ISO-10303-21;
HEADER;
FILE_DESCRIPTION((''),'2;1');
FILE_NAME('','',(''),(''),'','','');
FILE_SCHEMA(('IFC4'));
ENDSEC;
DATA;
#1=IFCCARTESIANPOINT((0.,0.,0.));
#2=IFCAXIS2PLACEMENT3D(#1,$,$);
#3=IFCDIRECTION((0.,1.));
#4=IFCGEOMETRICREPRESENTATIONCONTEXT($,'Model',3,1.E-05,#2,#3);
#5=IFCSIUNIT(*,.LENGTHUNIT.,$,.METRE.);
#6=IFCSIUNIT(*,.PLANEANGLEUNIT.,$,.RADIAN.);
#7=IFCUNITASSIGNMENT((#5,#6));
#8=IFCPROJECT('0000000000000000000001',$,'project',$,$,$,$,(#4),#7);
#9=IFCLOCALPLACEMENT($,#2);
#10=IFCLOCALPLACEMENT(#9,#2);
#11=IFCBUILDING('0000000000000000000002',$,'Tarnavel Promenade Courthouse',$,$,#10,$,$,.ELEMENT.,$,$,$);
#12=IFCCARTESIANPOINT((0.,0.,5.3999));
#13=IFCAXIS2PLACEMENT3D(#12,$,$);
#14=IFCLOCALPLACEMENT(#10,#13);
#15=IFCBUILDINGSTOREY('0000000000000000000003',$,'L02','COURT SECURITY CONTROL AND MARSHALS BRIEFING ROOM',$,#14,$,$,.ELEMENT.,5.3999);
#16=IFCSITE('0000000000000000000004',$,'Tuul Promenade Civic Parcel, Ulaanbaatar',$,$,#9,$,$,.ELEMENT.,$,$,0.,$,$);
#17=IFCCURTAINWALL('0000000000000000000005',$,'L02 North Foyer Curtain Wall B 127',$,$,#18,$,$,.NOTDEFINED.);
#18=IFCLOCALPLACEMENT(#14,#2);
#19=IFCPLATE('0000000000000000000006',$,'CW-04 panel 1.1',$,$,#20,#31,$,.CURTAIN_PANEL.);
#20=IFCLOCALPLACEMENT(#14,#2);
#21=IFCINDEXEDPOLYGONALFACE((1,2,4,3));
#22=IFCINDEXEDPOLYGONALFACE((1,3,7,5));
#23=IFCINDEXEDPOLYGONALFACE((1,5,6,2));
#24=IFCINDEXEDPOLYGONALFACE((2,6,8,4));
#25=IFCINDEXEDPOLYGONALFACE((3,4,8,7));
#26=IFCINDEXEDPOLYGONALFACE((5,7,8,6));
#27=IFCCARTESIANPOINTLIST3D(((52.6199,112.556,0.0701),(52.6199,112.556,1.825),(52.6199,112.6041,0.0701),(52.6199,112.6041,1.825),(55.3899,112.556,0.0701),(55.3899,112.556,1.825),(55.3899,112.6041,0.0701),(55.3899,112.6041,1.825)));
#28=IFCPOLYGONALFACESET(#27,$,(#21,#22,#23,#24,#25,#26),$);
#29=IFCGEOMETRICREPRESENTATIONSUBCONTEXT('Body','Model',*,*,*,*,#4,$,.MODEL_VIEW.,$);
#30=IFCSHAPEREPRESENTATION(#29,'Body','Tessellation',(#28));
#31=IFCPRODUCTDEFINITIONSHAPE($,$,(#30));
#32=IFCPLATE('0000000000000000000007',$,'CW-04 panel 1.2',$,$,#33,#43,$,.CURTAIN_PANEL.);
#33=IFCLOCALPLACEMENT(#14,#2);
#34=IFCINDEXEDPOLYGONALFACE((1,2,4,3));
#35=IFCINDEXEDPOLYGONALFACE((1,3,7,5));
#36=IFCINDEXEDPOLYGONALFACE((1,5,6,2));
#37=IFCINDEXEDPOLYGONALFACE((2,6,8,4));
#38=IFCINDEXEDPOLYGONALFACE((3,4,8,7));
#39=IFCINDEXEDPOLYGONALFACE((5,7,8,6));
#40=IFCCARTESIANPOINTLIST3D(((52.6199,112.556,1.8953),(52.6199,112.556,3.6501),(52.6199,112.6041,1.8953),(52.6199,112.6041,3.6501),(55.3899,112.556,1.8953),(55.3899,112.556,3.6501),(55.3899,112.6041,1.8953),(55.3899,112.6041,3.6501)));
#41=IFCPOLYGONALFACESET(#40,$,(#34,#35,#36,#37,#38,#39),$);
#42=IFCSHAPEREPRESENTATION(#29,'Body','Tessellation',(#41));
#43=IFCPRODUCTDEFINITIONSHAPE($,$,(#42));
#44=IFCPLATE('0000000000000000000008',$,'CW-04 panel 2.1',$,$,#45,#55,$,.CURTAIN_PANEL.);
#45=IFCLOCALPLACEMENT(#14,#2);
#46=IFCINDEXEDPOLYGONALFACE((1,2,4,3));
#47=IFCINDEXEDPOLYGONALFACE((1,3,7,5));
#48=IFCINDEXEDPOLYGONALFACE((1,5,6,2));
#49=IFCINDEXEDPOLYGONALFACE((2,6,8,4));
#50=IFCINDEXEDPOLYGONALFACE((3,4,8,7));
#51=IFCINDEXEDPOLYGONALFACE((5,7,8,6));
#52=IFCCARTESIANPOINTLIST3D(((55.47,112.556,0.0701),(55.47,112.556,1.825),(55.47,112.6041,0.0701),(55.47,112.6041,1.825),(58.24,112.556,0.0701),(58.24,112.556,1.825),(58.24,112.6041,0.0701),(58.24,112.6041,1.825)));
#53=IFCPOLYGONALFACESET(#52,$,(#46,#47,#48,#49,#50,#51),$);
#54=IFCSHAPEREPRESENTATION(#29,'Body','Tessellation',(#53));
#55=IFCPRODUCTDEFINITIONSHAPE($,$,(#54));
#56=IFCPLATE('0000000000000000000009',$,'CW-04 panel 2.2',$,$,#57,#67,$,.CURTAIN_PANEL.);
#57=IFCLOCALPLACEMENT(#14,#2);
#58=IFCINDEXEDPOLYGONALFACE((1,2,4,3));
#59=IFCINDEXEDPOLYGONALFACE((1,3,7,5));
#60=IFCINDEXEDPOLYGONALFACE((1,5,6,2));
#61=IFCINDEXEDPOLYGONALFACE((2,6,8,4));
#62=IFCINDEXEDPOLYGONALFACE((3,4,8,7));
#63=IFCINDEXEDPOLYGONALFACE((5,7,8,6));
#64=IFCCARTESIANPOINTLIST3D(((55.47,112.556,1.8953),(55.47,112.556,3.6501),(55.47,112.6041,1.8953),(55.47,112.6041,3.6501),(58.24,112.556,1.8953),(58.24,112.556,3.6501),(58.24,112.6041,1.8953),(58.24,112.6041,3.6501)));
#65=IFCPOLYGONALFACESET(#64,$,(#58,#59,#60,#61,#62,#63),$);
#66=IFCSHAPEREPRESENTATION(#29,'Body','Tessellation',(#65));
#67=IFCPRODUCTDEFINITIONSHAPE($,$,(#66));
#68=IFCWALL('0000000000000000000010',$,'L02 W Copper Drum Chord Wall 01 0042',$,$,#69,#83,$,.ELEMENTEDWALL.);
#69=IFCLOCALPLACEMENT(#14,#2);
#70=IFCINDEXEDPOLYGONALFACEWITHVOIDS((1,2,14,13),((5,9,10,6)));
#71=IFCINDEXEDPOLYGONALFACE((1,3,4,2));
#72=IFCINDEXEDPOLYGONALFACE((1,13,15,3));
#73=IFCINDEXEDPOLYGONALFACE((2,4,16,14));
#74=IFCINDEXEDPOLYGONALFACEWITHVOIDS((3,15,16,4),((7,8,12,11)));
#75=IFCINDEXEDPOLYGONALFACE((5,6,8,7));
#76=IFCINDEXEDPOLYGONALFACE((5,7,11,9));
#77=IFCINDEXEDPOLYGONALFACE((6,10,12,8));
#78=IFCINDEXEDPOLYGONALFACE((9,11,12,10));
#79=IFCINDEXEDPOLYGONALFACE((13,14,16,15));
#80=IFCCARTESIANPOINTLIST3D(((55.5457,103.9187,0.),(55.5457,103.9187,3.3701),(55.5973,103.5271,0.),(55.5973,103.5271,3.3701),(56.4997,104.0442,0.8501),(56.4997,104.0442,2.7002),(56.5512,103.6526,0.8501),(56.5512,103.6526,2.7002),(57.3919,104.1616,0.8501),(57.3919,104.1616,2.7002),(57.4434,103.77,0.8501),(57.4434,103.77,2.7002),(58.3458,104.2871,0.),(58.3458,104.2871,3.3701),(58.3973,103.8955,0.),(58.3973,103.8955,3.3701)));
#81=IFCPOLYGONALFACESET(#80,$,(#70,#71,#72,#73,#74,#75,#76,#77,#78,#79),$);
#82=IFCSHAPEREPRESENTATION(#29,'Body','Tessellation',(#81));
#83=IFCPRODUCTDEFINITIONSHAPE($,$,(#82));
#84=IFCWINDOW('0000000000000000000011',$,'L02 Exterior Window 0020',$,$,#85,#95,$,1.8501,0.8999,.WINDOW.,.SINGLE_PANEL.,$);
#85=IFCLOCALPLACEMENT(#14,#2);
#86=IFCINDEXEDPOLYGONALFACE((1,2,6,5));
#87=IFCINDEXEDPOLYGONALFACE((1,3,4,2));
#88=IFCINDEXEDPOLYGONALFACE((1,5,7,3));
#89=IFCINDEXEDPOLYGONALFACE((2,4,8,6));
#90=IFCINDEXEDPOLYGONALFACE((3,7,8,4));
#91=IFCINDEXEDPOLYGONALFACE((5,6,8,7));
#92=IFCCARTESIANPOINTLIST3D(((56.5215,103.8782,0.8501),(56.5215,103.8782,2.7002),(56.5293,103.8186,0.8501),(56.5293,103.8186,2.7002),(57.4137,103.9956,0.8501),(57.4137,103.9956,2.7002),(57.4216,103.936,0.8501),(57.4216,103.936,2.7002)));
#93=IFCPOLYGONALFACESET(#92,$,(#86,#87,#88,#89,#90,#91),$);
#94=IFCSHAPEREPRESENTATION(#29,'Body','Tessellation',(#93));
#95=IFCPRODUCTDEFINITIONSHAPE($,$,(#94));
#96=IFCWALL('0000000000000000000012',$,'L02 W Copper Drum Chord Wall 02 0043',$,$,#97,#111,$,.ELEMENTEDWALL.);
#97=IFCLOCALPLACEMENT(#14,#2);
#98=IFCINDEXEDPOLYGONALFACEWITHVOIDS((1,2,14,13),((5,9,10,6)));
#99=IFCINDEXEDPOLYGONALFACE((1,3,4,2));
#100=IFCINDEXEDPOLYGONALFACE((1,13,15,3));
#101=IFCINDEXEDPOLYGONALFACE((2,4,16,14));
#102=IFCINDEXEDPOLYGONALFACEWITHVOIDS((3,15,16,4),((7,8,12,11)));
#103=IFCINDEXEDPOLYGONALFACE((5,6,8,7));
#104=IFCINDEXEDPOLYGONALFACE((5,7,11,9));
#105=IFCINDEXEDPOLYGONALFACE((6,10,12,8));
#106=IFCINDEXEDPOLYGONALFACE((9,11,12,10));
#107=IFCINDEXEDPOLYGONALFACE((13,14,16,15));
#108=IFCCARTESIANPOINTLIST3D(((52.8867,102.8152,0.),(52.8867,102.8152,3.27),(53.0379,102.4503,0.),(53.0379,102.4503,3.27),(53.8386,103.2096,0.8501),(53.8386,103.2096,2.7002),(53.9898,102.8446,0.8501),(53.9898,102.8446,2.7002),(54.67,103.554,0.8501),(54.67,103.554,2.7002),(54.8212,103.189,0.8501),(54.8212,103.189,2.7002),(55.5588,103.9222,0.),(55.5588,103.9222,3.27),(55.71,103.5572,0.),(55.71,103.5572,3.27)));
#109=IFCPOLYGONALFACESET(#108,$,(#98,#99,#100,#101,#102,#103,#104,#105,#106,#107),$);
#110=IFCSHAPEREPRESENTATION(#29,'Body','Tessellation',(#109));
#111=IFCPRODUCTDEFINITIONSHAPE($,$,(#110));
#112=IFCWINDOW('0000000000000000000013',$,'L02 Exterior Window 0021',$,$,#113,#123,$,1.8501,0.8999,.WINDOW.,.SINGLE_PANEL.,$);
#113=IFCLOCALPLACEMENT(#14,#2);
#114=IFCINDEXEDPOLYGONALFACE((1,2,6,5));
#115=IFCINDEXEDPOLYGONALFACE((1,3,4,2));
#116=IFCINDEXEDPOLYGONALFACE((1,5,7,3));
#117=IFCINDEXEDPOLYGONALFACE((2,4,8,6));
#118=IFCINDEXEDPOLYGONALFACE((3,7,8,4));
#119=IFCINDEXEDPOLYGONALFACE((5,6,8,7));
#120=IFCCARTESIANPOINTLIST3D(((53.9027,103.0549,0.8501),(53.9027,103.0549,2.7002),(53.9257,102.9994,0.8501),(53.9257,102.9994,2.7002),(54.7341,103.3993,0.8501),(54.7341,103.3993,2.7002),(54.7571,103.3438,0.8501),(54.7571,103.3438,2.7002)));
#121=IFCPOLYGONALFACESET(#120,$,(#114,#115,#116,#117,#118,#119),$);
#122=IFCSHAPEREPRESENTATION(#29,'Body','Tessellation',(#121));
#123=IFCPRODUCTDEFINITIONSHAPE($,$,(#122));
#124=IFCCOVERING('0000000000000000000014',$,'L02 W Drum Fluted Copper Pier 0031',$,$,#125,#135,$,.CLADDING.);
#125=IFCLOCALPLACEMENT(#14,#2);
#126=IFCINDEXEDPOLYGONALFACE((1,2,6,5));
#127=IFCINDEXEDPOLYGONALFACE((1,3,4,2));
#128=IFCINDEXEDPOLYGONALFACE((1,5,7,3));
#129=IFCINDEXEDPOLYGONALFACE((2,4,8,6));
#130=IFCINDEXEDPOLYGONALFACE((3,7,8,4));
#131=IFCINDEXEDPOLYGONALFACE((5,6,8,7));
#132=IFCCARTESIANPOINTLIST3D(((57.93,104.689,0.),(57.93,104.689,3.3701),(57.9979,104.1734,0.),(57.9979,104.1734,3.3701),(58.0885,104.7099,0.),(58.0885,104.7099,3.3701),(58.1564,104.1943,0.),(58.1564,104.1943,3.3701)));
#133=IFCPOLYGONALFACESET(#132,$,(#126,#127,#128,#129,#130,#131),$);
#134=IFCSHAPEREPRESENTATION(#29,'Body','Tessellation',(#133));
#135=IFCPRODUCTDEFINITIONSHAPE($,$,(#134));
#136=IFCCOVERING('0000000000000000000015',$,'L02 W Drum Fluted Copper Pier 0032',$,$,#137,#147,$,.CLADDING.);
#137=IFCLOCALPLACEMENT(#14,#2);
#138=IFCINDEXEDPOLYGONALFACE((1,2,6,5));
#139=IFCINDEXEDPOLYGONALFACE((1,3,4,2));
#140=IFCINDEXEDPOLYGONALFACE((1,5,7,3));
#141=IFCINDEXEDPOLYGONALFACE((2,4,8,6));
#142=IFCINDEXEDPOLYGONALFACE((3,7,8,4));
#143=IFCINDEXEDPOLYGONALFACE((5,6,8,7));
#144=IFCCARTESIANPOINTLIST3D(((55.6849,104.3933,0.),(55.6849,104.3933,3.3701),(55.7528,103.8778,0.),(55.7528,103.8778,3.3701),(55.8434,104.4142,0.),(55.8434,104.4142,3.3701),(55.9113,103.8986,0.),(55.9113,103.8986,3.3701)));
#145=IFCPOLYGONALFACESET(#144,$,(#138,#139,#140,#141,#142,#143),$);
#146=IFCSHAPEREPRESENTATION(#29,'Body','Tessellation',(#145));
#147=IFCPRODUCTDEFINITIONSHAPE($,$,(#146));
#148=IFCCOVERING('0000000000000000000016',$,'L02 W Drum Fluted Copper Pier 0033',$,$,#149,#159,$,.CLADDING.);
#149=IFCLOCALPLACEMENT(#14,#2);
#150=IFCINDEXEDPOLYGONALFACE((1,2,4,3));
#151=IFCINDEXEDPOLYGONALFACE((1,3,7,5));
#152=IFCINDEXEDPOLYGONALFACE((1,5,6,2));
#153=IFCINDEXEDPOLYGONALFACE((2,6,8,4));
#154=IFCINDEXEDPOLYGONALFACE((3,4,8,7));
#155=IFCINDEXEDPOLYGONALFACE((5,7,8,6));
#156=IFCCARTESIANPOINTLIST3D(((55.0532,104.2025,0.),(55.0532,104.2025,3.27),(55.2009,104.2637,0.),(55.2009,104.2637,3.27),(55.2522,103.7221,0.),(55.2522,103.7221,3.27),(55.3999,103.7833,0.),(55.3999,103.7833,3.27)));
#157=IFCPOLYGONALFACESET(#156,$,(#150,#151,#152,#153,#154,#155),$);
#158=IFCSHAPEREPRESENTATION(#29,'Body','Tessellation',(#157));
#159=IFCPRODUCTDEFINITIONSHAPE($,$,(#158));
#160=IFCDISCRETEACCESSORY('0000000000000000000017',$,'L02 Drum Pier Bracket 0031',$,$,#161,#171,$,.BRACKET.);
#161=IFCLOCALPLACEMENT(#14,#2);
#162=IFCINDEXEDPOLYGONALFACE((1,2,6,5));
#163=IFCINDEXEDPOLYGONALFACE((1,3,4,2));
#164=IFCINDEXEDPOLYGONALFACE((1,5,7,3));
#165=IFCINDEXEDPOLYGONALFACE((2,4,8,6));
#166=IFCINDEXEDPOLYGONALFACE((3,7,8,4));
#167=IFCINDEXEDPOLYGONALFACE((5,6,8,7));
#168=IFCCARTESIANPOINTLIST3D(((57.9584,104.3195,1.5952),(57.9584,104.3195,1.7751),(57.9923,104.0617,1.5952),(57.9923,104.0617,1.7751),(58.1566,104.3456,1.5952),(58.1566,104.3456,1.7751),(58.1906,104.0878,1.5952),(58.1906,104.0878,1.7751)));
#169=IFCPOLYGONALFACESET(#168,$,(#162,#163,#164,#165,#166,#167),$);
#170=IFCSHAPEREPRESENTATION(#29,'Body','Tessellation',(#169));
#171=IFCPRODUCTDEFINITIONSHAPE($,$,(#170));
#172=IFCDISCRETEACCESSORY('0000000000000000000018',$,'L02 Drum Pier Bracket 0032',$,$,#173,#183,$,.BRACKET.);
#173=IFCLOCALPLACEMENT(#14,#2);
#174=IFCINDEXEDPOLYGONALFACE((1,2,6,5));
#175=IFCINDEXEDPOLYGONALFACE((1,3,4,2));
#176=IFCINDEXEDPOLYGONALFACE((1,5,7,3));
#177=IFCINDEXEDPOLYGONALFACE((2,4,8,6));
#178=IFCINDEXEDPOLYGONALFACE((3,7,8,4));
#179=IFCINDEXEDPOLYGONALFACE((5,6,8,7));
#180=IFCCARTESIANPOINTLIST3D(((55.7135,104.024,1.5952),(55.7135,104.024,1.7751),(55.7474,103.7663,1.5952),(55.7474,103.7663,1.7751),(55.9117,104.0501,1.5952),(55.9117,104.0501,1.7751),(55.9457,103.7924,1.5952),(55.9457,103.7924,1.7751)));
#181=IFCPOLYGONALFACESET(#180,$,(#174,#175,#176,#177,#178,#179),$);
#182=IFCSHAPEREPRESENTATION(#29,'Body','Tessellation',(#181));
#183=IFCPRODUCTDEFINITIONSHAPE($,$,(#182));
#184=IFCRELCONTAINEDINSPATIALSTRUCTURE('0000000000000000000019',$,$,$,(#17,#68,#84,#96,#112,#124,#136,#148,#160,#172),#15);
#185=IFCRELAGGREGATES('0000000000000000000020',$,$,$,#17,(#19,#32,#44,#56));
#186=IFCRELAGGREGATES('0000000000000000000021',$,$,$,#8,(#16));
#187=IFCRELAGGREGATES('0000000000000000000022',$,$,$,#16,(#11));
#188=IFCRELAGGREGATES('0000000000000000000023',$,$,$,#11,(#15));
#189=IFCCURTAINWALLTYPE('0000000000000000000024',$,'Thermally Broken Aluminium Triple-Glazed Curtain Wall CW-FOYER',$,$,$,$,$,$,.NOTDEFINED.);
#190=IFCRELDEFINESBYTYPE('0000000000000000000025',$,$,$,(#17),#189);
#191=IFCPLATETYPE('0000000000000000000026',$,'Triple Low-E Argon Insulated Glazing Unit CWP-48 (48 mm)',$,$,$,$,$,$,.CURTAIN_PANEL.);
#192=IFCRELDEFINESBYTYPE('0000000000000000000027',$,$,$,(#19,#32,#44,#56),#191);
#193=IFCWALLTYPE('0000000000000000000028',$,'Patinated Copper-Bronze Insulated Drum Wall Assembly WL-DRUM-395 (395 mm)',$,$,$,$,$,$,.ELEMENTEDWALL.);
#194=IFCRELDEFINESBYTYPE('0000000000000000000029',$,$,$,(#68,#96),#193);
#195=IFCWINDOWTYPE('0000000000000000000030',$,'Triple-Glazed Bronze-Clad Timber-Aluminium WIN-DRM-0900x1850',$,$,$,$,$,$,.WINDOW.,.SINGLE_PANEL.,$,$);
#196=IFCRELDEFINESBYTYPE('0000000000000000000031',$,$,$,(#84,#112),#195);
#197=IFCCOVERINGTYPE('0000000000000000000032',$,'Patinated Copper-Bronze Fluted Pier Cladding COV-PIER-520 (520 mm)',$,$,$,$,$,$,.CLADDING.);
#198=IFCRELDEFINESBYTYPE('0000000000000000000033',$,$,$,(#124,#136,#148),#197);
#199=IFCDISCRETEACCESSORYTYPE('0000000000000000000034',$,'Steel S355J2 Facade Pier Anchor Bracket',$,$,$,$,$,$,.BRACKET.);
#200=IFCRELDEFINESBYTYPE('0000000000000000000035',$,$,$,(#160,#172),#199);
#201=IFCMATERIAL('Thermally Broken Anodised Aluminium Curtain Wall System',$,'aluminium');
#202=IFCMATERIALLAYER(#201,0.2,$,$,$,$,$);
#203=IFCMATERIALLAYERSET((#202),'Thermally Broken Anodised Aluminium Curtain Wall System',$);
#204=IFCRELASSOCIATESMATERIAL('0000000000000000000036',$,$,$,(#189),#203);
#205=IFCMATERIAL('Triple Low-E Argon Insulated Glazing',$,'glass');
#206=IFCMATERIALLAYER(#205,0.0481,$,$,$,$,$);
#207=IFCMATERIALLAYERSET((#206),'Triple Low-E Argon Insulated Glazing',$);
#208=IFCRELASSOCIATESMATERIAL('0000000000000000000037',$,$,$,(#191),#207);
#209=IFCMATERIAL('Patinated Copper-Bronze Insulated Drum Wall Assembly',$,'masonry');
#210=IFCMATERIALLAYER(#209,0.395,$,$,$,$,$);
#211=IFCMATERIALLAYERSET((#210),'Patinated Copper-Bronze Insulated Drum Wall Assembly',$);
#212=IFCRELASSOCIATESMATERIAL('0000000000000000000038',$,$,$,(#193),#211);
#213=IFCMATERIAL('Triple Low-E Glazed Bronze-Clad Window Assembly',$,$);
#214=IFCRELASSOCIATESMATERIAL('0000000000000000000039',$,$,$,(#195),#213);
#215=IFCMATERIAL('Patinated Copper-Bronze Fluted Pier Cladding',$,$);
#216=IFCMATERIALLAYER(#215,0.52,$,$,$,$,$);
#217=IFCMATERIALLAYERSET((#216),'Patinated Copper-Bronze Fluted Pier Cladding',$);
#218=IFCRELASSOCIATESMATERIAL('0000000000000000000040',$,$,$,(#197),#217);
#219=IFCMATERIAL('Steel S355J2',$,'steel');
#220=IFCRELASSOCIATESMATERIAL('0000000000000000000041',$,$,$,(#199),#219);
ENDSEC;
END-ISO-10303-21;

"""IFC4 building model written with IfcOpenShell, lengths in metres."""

from ifc_helpers import new_model, si_unit, direction, frame, frame_2d, origin, origin_2d, place, context, subcontext, project, spatial, rectangle, extrude, material, layer, layer_set, type_object, element, fill, aggregate, save


model = new_model("IFC4")

# Units and contexts
model_context = context("Model", 3, precision=1e-05, world=origin(), true_north=direction((0.0, 1.0)))
body_context = subcontext(model_context, "Body", "Model", "MODEL_VIEW")
ifc_project = project(units=[si_unit("LENGTHUNIT", "METRE"), si_unit("PLANEANGLEUNIT", "RADIAN")], contexts=[model_context])

# Site, building, storey
site_placement = place(None, origin())
site = spatial("IfcSite", under=ifc_project, at=site_placement, Name="Tuul Promenade Civic Parcel, Ulaanbaatar", CompositionType="ELEMENT", RefElevation=0.0)
building_placement = place(site_placement, origin())
building = spatial("IfcBuilding", under=site, at=building_placement, Name="Tarnavel Promenade Courthouse", CompositionType="ELEMENT")
storey_placement = place(building_placement, frame((0.0, 0.0, 5.3999)))
storey = spatial("IfcBuildingStorey", under=building, at=storey_placement, Name="L02", Description="COURT SECURITY CONTROL AND MARSHALS BRIEFING ROOM", CompositionType="ELEMENT", Elevation=5.3999)

# Curtain wall
ifc_material_1 = material(Name="Thermally Broken Anodised Aluminium Curtain Wall System", Category="aluminium")
ifc_layer_1 = layer(ifc_material_1, 0.2)
ifc_layer_set_1 = layer_set([ifc_layer_1], Name="Thermally Broken Anodised Aluminium Curtain Wall System")
curtain_wall_type = type_object("IfcCurtainWallType", Name="Thermally Broken Aluminium Triple-Glazed Curtain Wall CW-FOYER", PredefinedType="NOTDEFINED", material=ifc_layer_set_1)
curtain_wall_1_placement = place(storey_placement, origin())
curtain_wall_1 = element("IfcCurtainWall", 1, at=curtain_wall_1_placement, inside=storey, type_object=curtain_wall_type, Name="L02 North Foyer Curtain Wall B 127", PredefinedType="NOTDEFINED")

# Plates
ifc_material_2 = material(Name="Triple Low-E Argon Insulated Glazing", Category="glass")
ifc_layer_2 = layer(ifc_material_2, 0.0481)
ifc_layer_set_2 = layer_set([ifc_layer_2], Name="Triple Low-E Argon Insulated Glazing")
plate_type = type_object("IfcPlateType", Name="Triple Low-E Argon Insulated Glazing Unit CWP-48 (48 mm)", PredefinedType="CURTAIN_PANEL", material=ifc_layer_set_2)
plate_1_placement = place(storey_placement, frame((54.0049, 112.5801, 0.0701), z_axis=(0.0, 0.0, 1.0), x_axis=(1.0, 0.0, 0.0)))
plate_1 = element("IfcPlate", 2, at=plate_1_placement, type_object=plate_type, Name="CW-04 panel 1.1", PredefinedType="CURTAIN_PANEL", context=body_context, shape_type="SweptSolid", body=[
    extrude(rectangle(XDim=2.77, YDim=0.0481, at=origin_2d()), origin(), (0.0, 0.0, 1.0), 1.7549),
])
plate_2_placement = place(storey_placement, frame((54.0049, 112.5801, 1.8953), z_axis=(0.0, 0.0, 1.0), x_axis=(1.0, 0.0, 0.0)))
plate_2 = element("IfcPlate", 3, at=plate_2_placement, type_object=plate_type, Name="CW-04 panel 1.2", PredefinedType="CURTAIN_PANEL", context=body_context, shape_type="SweptSolid", body=[
    extrude(rectangle(XDim=2.77, YDim=0.0481, at=origin_2d()), origin(), (0.0, 0.0, 1.0), 1.7549),
])
plate_3_placement = place(storey_placement, frame((56.855, 112.5801, 0.0701), z_axis=(0.0, 0.0, 1.0), x_axis=(1.0, 0.0, 0.0)))
plate_3 = element("IfcPlate", 4, at=plate_3_placement, type_object=plate_type, Name="CW-04 panel 2.1", PredefinedType="CURTAIN_PANEL", context=body_context, shape_type="SweptSolid", body=[
    extrude(rectangle(XDim=2.77, YDim=0.0481, at=origin_2d()), origin(), (0.0, 0.0, 1.0), 1.7549),
])
plate_4_placement = place(storey_placement, frame((56.855, 112.5801, 1.8953), z_axis=(0.0, 0.0, 1.0), x_axis=(1.0, 0.0, 0.0)))
plate_4 = element("IfcPlate", 5, at=plate_4_placement, type_object=plate_type, Name="CW-04 panel 2.2", PredefinedType="CURTAIN_PANEL", context=body_context, shape_type="SweptSolid", body=[
    extrude(rectangle(XDim=2.77, YDim=0.0481, at=origin_2d()), origin(), (0.0, 0.0, 1.0), 1.7549),
])
aggregate(curtain_wall_1, [plate_1, plate_2, plate_3, plate_4])

# Walls, openings, windows
ifc_material_3 = material(Name="Patinated Copper-Bronze Insulated Drum Wall Assembly", Category="masonry")
ifc_layer_3 = layer(ifc_material_3, 0.395)
ifc_layer_set_3 = layer_set([ifc_layer_3], Name="Patinated Copper-Bronze Insulated Drum Wall Assembly")
wall_type = type_object("IfcWallType", Name="Patinated Copper-Bronze Insulated Drum Wall Assembly WL-DRUM-395 (395 mm)", PredefinedType="ELEMENTEDWALL", material=ifc_layer_set_3)
wall_1_placement = place(storey_placement, frame((58.3716, 104.0913, 0.0), z_axis=(0.0, 0.0, 1.0), x_axis=(-0.991455, -0.130448, 0.0)))
wall_1 = element("IfcWall", 6, at=wall_1_placement, inside=storey, type_object=wall_type, Name="L02 W Copper Drum Chord Wall 01 0042", PredefinedType="ELEMENTEDWALL", context=body_context, shape_type="SweptSolid", body=[
    extrude(rectangle(XDim=2.8242, YDim=0.395, at=frame_2d((1.4121, 0.0))), origin(), (0.0, 0.0, 1.0), 3.3701),
])
opening_1_placement = place(wall_1_placement, frame((0.9622, 0.0, 0.8501)))
opening_1 = element("IfcOpeningElement", 7, at=opening_1_placement, cuts=wall_1, PredefinedType="OPENING", context=body_context, shape_type="SweptSolid", body=[
    extrude(rectangle(XDim=0.8999, YDim=1.8501, at=frame_2d((0.45, 0.925))), frame((0.0, 0.2075, 0.0), z_axis=(0.0, -1.0, 0.0), x_axis=(1.0, 0.0, 0.0)), (0.0, 0.0, 1.0), 0.415),
])
ifc_material_4 = material(Name="Triple Low-E Glazed Bronze-Clad Window Assembly")
window_type = type_object("IfcWindowType", Name="Triple-Glazed Bronze-Clad Timber-Aluminium WIN-DRM-0900x1850", PartitioningType="SINGLE_PANEL", PredefinedType="WINDOW", material=ifc_material_4)
window_1_placement = place(opening_1_placement, origin())
window_1 = element("IfcWindow", 8, at=window_1_placement, inside=storey, type_object=window_type, Name="L02 Exterior Window 0020", OverallHeight=1.8501, OverallWidth=0.8999, PartitioningType="SINGLE_PANEL", PredefinedType="WINDOW", context=body_context, shape_type="SweptSolid", body=[
    extrude(rectangle(XDim=0.8999, YDim=1.8501, at=frame_2d((0.45, 0.925))), frame((0.0, 0.03, 0.0), z_axis=(0.0, -1.0, 0.0), x_axis=(1.0, 0.0, 0.0)), (0.0, 0.0, 1.0), 0.0601),
])
fill(opening_1, window_1)
wall_2_placement = place(storey_placement, frame((55.6345, 103.7397, 0.0), z_axis=(0.0, 0.0, 1.0), x_axis=(-0.923867, -0.382715, 0.0)))
wall_2 = element("IfcWall", 9, at=wall_2_placement, inside=storey, type_object=wall_type, Name="L02 W Copper Drum Chord Wall 02 0043", PredefinedType="ELEMENTEDWALL", context=body_context, shape_type="SweptSolid", body=[
    extrude(rectangle(XDim=2.8923, YDim=0.395, at=frame_2d((1.4463, 0.0))), origin(), (0.0, 0.0, 1.0), 3.27),
])
opening_2_placement = place(wall_2_placement, frame((0.9622, 0.0, 0.8501)))
opening_2 = element("IfcOpeningElement", 10, at=opening_2_placement, cuts=wall_2, PredefinedType="OPENING", context=body_context, shape_type="SweptSolid", body=[
    extrude(rectangle(XDim=0.8999, YDim=1.8501, at=frame_2d((0.45, 0.925))), frame((0.0, 0.2075, 0.0), z_axis=(0.0, -1.0, 0.0), x_axis=(1.0, 0.0, 0.0)), (0.0, 0.0, 1.0), 0.415),
])
window_2_placement = place(opening_2_placement, origin())
window_2 = element("IfcWindow", 11, at=window_2_placement, inside=storey, type_object=window_type, Name="L02 Exterior Window 0021", OverallHeight=1.8501, OverallWidth=0.8999, PartitioningType="SINGLE_PANEL", PredefinedType="WINDOW", context=body_context, shape_type="SweptSolid", body=[
    extrude(rectangle(XDim=0.8999, YDim=1.8501, at=frame_2d((0.45, 0.925))), frame((0.0, 0.03, 0.0), z_axis=(0.0, -1.0, 0.0), x_axis=(1.0, 0.0, 0.0)), (0.0, 0.0, 1.0), 0.0601),
])
fill(opening_2, window_2)

# Coverings
ifc_material_5 = material(Name="Patinated Copper-Bronze Fluted Pier Cladding")
ifc_layer_4 = layer(ifc_material_5, 0.52)
ifc_layer_set_4 = layer_set([ifc_layer_4], Name="Patinated Copper-Bronze Fluted Pier Cladding")
covering_type = type_object("IfcCoveringType", Name="Patinated Copper-Bronze Fluted Pier Cladding COV-PIER-520 (520 mm)", PredefinedType="CLADDING", material=ifc_layer_set_4)
for number, where, z_axis, x_axis, name in (
    (12, (58.0432, 104.4417, 0.0), (0.0, 0.0, 1.0), (-0.991445, -0.130526, 0.0), "L02 W Drum Fluted Copper Pier 0031"),
    (13, (55.7981, 104.146, 0.0), (0.0, 0.0, 1.0), (-0.991445, -0.130526, 0.0), "L02 W Drum Fluted Copper Pier 0032"),
):
    element("IfcCovering", number, at=place(storey_placement, frame(where, z_axis=z_axis, x_axis=x_axis)), inside=storey, type_object=covering_type, Name=name, PredefinedType="CLADDING", context=body_context, shape_type="SweptSolid", body=[
        extrude(rectangle(XDim=0.1599, YDim=0.52, at=origin_2d()), origin(), (0.0, 0.0, 1.0), 3.3701),
    ])
covering_placement = place(storey_placement, frame((55.2266, 103.9929, 0.0), z_axis=(0.0, 0.0, 1.0), x_axis=(-0.92388, -0.382683, 0.0)))
element("IfcCovering", 14, at=covering_placement, inside=storey, type_object=covering_type, Name="L02 W Drum Fluted Copper Pier 0033", PredefinedType="CLADDING", context=body_context, shape_type="SweptSolid", body=[
    extrude(rectangle(XDim=0.1599, YDim=0.52, at=origin_2d()), origin(), (0.0, 0.0, 1.0), 3.27),
])

# Discrete accessories
ifc_material_6 = material(Name="Steel S355J2", Category="steel")
discrete_accessory_type = type_object("IfcDiscreteAccessoryType", Name="Steel S355J2 Facade Pier Anchor Bracket", PredefinedType="BRACKET", material=ifc_material_6)
for number, where, z_axis, x_axis, name in (
    (15, (58.0745, 104.2036, 1.5952), (0.0, 0.0, 1.0), (-0.991445, -0.130526, 0.0), "L02 Drum Pier Bracket 0031"),
    (16, (55.8296, 103.9082, 1.5952), (0.0, 0.0, 1.0), (-0.991445, -0.130526, 0.0), "L02 Drum Pier Bracket 0032"),
):
    element("IfcDiscreteAccessory", number, at=place(storey_placement, frame(where, z_axis=z_axis, x_axis=x_axis)), inside=storey, type_object=discrete_accessory_type, Name=name, PredefinedType="BRACKET", context=body_context, shape_type="SweptSolid", body=[
        extrude(rectangle(XDim=0.2, YDim=0.26, at=origin_2d()), origin(), (0.0, 0.0, 1.0), 0.1799),
    ])

save(model, "model.ifc")
